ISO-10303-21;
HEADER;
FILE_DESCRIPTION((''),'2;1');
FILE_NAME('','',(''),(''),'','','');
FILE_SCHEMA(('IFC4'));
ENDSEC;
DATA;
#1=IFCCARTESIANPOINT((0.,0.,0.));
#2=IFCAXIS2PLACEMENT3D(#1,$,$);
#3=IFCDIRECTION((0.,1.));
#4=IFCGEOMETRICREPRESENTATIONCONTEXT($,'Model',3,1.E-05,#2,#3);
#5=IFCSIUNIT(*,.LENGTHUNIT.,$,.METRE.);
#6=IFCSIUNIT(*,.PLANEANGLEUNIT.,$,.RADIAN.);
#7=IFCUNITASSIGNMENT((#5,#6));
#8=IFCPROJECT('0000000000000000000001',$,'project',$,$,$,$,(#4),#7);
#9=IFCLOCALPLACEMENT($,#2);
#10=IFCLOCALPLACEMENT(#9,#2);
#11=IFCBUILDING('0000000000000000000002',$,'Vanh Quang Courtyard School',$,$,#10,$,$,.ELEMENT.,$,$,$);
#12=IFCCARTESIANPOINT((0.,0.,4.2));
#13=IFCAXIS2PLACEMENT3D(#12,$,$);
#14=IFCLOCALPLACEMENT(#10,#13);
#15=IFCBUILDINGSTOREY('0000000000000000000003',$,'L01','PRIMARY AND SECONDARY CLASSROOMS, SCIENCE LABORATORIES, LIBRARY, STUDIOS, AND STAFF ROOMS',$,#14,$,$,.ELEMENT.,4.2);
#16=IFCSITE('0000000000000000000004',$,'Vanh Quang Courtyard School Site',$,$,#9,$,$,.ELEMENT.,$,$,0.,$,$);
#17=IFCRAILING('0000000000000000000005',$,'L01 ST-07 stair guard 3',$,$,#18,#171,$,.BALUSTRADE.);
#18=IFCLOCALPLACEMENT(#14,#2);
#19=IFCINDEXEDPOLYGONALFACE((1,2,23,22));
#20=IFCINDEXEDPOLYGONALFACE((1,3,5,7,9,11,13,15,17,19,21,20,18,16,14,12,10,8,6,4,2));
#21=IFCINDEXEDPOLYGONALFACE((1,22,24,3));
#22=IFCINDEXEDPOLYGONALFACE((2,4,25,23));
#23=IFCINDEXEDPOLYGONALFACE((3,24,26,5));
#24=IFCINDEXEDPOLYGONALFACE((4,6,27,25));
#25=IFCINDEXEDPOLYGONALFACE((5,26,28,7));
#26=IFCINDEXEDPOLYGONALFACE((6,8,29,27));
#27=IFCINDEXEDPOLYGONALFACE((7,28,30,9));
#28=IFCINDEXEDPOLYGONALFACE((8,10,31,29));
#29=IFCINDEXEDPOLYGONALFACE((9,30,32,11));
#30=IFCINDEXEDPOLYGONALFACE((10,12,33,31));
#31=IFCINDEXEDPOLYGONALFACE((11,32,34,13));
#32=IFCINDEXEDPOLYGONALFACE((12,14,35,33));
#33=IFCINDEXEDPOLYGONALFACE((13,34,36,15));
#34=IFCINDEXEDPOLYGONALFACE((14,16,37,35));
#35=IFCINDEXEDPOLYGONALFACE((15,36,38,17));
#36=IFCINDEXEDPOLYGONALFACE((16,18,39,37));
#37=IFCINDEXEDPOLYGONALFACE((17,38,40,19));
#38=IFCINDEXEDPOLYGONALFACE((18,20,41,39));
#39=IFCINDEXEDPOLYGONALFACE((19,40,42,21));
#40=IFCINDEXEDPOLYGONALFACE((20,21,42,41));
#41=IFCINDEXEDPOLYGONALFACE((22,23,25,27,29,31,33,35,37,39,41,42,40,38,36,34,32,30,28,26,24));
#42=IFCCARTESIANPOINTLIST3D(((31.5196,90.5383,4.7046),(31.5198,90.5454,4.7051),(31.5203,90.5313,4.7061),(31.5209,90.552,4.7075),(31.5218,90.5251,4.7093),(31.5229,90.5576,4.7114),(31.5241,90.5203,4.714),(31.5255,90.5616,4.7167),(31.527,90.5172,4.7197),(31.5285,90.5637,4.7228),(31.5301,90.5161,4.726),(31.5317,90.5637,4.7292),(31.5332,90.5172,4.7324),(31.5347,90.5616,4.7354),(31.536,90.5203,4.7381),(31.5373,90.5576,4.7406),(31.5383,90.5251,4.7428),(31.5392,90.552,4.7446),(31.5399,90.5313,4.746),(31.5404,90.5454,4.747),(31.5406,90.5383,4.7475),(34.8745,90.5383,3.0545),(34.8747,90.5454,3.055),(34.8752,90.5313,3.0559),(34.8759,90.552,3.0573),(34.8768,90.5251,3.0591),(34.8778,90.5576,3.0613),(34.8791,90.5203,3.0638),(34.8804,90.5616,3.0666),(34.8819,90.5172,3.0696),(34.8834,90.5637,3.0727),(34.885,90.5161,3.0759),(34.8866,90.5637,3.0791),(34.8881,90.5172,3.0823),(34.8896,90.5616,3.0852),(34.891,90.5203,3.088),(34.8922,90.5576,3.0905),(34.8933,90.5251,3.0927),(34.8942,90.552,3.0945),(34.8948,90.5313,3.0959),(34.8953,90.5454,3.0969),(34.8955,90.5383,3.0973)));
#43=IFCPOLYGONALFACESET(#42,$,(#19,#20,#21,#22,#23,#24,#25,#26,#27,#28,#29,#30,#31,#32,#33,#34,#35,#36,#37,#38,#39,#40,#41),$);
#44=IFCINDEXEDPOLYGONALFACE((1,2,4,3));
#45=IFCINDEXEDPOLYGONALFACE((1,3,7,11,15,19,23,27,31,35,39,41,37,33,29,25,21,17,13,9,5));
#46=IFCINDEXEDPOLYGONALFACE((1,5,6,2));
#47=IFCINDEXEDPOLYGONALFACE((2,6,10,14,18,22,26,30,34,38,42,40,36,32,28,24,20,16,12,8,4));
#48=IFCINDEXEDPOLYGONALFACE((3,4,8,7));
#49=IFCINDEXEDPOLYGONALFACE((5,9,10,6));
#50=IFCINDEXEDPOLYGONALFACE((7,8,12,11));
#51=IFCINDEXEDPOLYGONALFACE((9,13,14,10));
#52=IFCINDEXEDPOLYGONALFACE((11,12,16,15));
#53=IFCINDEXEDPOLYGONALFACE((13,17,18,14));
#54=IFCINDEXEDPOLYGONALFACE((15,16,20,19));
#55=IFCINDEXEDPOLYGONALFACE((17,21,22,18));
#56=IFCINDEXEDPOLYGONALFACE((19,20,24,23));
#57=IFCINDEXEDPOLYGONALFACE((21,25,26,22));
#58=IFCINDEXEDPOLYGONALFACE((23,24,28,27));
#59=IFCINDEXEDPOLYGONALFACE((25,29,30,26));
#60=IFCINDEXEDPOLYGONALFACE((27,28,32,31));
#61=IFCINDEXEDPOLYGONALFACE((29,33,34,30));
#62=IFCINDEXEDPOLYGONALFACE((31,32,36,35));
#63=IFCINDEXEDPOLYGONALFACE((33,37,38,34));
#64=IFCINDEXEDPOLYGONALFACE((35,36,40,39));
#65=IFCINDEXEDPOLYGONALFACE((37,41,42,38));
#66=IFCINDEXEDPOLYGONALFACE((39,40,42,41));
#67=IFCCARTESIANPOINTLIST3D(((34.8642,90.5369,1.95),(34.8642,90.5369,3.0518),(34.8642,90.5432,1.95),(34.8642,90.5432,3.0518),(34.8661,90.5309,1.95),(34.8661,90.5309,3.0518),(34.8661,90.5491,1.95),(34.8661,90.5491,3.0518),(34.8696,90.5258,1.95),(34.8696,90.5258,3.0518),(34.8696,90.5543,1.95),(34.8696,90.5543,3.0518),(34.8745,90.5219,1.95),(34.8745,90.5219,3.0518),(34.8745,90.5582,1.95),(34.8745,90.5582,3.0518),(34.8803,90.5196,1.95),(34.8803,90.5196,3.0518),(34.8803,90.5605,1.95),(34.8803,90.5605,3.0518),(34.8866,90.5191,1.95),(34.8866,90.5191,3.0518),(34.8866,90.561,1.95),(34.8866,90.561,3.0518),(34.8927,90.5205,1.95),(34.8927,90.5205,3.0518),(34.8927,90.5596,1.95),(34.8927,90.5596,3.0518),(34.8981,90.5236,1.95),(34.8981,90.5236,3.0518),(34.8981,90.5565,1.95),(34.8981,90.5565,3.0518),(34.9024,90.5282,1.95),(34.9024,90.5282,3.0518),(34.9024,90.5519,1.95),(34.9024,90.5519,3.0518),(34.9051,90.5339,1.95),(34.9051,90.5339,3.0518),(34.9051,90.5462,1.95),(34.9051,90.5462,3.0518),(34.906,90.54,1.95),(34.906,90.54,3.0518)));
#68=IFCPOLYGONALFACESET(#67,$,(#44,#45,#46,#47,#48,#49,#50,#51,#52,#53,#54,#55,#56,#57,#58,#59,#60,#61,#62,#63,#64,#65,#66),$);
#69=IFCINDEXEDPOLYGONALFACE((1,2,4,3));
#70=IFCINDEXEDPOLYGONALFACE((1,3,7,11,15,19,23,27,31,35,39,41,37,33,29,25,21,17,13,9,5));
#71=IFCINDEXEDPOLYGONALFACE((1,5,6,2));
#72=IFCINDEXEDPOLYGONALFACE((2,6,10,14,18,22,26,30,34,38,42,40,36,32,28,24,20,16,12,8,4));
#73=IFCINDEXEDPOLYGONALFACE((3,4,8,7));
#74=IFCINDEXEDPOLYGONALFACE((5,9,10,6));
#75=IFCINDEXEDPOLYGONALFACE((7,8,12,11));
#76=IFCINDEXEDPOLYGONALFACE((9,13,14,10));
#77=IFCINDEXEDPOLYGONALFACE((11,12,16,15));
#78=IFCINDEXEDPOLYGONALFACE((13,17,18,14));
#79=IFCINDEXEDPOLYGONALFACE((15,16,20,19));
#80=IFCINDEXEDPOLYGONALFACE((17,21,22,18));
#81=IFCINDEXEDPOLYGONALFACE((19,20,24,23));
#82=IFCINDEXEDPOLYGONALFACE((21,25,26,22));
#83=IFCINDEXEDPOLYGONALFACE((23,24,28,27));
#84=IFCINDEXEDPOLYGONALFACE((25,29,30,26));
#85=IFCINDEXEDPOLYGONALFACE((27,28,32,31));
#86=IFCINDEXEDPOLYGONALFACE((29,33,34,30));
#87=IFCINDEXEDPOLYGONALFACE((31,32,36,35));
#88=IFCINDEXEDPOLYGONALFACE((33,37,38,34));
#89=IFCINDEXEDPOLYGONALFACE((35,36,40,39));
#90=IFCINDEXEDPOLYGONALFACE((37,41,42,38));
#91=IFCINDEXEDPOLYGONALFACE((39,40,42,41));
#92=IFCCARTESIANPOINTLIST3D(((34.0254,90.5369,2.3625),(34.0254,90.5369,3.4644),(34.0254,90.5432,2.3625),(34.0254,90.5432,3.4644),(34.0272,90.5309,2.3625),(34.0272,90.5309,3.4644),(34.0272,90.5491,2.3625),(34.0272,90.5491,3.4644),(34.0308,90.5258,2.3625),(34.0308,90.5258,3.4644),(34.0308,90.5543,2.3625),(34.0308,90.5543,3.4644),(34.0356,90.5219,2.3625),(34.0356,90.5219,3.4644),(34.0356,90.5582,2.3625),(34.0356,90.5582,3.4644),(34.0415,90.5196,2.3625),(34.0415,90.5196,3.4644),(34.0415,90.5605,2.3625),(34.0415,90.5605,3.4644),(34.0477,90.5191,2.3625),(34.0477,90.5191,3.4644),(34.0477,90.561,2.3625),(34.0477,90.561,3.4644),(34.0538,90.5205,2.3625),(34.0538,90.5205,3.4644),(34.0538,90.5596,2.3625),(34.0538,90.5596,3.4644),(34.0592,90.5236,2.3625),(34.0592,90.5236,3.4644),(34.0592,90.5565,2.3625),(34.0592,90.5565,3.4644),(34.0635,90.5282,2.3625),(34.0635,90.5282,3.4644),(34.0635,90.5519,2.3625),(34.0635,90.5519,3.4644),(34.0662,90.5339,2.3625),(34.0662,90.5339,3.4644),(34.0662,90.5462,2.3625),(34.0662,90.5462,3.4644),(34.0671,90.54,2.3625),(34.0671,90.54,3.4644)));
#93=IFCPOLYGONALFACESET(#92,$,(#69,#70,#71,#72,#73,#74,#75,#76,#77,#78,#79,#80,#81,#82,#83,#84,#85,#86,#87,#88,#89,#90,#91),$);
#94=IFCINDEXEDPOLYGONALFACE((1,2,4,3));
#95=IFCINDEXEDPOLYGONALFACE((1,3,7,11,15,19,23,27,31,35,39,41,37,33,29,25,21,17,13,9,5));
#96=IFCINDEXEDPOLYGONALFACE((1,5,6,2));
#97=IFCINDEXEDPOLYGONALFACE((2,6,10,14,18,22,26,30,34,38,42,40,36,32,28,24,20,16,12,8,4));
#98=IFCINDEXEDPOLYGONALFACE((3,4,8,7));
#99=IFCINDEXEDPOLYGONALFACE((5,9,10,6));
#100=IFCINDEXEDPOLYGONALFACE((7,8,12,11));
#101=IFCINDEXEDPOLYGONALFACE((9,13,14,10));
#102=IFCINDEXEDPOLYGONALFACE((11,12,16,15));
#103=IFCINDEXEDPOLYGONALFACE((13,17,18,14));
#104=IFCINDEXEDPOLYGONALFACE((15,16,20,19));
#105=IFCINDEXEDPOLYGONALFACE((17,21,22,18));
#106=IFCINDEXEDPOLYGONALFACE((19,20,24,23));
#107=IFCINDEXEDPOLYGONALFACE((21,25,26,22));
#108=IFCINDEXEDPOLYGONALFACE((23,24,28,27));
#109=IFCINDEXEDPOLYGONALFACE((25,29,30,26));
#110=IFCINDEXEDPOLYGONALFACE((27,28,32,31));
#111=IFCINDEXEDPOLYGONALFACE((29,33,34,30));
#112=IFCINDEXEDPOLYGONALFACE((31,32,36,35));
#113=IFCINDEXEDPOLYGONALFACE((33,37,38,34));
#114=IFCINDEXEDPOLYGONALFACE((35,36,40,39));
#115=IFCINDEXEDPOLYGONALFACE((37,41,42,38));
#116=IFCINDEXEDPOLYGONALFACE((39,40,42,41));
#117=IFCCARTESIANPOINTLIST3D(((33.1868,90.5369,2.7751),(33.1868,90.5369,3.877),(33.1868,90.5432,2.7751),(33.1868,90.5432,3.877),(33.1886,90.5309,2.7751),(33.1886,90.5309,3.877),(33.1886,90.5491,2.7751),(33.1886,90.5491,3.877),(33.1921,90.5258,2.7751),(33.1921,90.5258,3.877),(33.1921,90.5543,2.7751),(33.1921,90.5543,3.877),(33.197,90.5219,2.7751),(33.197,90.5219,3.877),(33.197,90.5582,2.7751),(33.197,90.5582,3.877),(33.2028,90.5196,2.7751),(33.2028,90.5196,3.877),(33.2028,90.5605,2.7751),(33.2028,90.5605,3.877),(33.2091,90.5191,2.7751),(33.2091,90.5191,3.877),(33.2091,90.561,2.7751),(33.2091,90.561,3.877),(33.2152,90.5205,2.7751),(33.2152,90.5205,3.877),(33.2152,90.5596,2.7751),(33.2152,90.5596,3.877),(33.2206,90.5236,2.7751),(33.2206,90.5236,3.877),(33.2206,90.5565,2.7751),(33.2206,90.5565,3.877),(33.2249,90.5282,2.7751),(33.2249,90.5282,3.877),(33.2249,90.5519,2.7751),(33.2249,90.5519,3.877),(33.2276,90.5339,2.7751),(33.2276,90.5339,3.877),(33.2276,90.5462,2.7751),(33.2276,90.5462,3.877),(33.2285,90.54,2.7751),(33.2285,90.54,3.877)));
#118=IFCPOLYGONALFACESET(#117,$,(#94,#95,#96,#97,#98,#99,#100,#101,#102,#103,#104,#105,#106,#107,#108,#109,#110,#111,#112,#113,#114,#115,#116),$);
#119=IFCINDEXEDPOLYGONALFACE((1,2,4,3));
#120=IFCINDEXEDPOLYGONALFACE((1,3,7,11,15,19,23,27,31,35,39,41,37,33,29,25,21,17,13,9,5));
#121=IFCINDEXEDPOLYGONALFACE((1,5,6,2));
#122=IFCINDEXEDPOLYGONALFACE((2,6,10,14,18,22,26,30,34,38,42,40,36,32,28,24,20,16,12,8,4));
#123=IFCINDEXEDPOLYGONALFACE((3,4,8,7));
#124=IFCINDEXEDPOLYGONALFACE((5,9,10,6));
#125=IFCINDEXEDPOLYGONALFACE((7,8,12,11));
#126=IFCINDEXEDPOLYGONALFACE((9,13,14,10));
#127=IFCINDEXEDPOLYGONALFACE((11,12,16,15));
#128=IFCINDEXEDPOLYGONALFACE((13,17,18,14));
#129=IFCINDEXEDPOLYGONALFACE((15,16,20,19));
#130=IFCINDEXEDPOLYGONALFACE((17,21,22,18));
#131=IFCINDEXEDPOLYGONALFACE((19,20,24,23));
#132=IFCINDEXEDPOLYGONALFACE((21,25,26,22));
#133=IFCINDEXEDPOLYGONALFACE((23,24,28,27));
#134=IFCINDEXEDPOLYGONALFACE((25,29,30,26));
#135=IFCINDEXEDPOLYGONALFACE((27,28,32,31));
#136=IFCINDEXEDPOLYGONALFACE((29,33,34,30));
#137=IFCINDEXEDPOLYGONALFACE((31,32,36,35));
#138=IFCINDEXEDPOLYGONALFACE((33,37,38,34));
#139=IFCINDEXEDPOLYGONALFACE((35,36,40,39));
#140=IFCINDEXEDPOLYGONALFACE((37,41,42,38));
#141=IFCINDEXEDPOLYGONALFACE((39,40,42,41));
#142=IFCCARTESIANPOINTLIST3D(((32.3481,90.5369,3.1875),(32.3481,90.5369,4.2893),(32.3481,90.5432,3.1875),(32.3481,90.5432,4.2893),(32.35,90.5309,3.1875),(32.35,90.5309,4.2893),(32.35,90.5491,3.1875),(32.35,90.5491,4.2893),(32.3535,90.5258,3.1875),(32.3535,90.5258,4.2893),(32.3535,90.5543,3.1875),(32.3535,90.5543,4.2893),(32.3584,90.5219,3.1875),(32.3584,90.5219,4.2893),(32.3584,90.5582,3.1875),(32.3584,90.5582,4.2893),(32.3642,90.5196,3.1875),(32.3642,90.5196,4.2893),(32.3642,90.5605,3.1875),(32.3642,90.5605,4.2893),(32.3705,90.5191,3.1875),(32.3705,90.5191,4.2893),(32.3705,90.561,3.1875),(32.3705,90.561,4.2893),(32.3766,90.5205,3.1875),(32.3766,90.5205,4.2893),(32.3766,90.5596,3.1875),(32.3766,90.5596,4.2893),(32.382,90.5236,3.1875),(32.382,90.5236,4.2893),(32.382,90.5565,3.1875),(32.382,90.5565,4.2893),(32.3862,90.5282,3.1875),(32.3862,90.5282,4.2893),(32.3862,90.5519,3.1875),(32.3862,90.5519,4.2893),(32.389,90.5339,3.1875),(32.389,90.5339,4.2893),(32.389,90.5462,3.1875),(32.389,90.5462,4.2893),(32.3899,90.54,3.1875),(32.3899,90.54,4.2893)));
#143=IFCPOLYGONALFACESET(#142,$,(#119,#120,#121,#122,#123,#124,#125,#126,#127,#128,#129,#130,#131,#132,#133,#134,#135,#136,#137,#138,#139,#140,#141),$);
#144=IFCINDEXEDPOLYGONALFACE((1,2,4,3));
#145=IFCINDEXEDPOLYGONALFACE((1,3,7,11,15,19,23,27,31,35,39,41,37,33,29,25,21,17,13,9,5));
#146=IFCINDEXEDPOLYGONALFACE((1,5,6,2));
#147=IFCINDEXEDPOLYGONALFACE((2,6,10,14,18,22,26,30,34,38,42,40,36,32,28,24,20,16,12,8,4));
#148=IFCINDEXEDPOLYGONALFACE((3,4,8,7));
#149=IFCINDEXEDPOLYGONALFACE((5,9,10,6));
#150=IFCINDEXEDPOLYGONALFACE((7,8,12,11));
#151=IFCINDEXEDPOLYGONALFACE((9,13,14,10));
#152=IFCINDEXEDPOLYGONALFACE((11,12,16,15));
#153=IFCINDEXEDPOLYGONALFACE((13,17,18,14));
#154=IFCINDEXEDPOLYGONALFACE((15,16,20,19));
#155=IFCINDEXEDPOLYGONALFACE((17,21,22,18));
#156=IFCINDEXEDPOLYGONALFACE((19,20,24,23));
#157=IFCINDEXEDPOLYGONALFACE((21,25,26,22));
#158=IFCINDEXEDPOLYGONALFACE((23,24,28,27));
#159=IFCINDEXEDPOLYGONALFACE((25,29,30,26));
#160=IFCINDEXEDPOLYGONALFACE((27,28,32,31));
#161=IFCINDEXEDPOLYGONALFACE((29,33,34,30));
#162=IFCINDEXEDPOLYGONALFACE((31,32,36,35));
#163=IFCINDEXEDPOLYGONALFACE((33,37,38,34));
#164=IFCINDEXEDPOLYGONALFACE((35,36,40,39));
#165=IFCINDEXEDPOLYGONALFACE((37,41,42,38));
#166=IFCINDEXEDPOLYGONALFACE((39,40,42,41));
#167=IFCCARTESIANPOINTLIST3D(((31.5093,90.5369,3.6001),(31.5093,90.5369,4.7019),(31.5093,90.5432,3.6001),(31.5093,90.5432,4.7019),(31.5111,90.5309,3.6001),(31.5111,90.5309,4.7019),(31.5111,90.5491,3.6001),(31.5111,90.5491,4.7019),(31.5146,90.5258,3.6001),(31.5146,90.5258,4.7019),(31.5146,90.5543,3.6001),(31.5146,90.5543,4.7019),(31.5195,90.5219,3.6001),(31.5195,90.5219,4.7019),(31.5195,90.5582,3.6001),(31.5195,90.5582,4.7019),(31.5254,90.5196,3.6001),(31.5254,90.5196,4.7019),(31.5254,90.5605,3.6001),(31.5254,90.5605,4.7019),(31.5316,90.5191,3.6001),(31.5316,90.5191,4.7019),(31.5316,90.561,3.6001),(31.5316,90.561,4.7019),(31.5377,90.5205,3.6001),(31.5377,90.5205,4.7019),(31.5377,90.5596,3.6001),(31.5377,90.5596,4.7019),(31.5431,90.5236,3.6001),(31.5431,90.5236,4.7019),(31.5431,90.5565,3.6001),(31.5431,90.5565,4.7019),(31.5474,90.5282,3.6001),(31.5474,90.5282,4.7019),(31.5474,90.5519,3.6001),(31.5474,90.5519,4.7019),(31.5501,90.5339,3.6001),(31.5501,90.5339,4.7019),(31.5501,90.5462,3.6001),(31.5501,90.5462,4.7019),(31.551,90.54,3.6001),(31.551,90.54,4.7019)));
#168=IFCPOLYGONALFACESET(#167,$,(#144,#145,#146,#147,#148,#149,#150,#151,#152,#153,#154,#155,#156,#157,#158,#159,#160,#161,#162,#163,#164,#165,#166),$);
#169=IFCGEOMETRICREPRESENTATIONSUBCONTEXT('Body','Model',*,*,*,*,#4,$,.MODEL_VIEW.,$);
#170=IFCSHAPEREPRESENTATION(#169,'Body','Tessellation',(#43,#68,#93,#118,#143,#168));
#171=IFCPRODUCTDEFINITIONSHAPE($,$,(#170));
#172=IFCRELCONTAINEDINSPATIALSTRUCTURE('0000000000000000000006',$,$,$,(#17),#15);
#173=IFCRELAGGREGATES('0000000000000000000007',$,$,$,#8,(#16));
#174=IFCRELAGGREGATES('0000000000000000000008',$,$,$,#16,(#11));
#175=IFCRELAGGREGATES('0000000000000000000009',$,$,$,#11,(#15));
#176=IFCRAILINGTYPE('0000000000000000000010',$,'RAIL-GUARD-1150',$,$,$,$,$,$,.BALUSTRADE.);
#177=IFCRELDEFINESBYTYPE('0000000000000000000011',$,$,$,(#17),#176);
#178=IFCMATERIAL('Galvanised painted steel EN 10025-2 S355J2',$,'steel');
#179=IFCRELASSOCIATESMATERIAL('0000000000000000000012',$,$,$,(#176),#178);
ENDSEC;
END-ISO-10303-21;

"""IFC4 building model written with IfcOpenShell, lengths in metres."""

from ifc_helpers import new_model, si_unit, direction, frame, origin, origin_2d, place, context, subcontext, project, spatial, circle, extrude, material, type_object, element, save


model = new_model("IFC4")

# Units and contexts
model_context = context("Model", 3, precision=1e-05, world=origin(), true_north=direction((0.0, 1.0)))
body_context = subcontext(model_context, "Body", "Model", "MODEL_VIEW")
ifc_project = project(units=[si_unit("LENGTHUNIT", "METRE"), si_unit("PLANEANGLEUNIT", "RADIAN")], contexts=[model_context])

# Site, building, storey
site_placement = place(None, origin())
site = spatial("IfcSite", under=ifc_project, at=site_placement, Name="Vanh Quang Courtyard School Site", CompositionType="ELEMENT", RefElevation=0.0)
building_placement = place(site_placement, origin())
building = spatial("IfcBuilding", under=site, at=building_placement, Name="Vanh Quang Courtyard School", CompositionType="ELEMENT")
storey_placement = place(building_placement, frame((0.0, 0.0, 4.2)))
storey = spatial("IfcBuildingStorey", under=building, at=storey_placement, Name="L01", Description="PRIMARY AND SECONDARY CLASSROOMS, SCIENCE LABORATORIES, LIBRARY, STUDIOS, AND STAFF ROOMS", CompositionType="ELEMENT", Elevation=4.2)

# Railing
ifc_material_1 = material(Name="Galvanised painted steel EN 10025-2 S355J2", Category="steel")
railing_type_1 = type_object("IfcRailingType", Name="RAIL-GUARD-1150", PredefinedType="BALUSTRADE", material=ifc_material_1)
railing_1_placement = place(storey_placement, frame((34.885, 90.54, 1.95)))
element("IfcRailing", 1, at=railing_1_placement, inside=storey, type_object=railing_type_1, Name="L01 ST-07 stair guard 3", PredefinedType="BALUSTRADE", context=body_context, shape_type="SweptSolid", body=[
    extrude(circle(Radius=0.0239, at=origin_2d()), frame((0.0, 0.0, 1.126), z_axis=(-0.897333, 0.0, 0.441353), x_axis=(0.0, -1.0, 0.0)), (0.0, 0.0, 1.0), 3.7388),
    extrude(circle(Radius=0.021, at=origin_2d()), origin(), (0.0, 0.0, 1.0), 1.1018),
    extrude(circle(Radius=0.021, at=origin_2d()), frame((-0.8389, 0.0, 0.4126)), (0.0, 0.0, 1.0), 1.1018),
    extrude(circle(Radius=0.021, at=origin_2d()), frame((-1.6775, 0.0, 0.8252)), (0.0, 0.0, 1.0), 1.1018),
    extrude(circle(Radius=0.021, at=origin_2d()), frame((-2.5161, 0.0, 1.2375)), (0.0, 0.0, 1.0), 1.1018),
    extrude(circle(Radius=0.021, at=origin_2d()), frame((-3.355, 0.0, 1.6501)), (0.0, 0.0, 1.0), 1.1018),
])

save(model, "model.ifc")
